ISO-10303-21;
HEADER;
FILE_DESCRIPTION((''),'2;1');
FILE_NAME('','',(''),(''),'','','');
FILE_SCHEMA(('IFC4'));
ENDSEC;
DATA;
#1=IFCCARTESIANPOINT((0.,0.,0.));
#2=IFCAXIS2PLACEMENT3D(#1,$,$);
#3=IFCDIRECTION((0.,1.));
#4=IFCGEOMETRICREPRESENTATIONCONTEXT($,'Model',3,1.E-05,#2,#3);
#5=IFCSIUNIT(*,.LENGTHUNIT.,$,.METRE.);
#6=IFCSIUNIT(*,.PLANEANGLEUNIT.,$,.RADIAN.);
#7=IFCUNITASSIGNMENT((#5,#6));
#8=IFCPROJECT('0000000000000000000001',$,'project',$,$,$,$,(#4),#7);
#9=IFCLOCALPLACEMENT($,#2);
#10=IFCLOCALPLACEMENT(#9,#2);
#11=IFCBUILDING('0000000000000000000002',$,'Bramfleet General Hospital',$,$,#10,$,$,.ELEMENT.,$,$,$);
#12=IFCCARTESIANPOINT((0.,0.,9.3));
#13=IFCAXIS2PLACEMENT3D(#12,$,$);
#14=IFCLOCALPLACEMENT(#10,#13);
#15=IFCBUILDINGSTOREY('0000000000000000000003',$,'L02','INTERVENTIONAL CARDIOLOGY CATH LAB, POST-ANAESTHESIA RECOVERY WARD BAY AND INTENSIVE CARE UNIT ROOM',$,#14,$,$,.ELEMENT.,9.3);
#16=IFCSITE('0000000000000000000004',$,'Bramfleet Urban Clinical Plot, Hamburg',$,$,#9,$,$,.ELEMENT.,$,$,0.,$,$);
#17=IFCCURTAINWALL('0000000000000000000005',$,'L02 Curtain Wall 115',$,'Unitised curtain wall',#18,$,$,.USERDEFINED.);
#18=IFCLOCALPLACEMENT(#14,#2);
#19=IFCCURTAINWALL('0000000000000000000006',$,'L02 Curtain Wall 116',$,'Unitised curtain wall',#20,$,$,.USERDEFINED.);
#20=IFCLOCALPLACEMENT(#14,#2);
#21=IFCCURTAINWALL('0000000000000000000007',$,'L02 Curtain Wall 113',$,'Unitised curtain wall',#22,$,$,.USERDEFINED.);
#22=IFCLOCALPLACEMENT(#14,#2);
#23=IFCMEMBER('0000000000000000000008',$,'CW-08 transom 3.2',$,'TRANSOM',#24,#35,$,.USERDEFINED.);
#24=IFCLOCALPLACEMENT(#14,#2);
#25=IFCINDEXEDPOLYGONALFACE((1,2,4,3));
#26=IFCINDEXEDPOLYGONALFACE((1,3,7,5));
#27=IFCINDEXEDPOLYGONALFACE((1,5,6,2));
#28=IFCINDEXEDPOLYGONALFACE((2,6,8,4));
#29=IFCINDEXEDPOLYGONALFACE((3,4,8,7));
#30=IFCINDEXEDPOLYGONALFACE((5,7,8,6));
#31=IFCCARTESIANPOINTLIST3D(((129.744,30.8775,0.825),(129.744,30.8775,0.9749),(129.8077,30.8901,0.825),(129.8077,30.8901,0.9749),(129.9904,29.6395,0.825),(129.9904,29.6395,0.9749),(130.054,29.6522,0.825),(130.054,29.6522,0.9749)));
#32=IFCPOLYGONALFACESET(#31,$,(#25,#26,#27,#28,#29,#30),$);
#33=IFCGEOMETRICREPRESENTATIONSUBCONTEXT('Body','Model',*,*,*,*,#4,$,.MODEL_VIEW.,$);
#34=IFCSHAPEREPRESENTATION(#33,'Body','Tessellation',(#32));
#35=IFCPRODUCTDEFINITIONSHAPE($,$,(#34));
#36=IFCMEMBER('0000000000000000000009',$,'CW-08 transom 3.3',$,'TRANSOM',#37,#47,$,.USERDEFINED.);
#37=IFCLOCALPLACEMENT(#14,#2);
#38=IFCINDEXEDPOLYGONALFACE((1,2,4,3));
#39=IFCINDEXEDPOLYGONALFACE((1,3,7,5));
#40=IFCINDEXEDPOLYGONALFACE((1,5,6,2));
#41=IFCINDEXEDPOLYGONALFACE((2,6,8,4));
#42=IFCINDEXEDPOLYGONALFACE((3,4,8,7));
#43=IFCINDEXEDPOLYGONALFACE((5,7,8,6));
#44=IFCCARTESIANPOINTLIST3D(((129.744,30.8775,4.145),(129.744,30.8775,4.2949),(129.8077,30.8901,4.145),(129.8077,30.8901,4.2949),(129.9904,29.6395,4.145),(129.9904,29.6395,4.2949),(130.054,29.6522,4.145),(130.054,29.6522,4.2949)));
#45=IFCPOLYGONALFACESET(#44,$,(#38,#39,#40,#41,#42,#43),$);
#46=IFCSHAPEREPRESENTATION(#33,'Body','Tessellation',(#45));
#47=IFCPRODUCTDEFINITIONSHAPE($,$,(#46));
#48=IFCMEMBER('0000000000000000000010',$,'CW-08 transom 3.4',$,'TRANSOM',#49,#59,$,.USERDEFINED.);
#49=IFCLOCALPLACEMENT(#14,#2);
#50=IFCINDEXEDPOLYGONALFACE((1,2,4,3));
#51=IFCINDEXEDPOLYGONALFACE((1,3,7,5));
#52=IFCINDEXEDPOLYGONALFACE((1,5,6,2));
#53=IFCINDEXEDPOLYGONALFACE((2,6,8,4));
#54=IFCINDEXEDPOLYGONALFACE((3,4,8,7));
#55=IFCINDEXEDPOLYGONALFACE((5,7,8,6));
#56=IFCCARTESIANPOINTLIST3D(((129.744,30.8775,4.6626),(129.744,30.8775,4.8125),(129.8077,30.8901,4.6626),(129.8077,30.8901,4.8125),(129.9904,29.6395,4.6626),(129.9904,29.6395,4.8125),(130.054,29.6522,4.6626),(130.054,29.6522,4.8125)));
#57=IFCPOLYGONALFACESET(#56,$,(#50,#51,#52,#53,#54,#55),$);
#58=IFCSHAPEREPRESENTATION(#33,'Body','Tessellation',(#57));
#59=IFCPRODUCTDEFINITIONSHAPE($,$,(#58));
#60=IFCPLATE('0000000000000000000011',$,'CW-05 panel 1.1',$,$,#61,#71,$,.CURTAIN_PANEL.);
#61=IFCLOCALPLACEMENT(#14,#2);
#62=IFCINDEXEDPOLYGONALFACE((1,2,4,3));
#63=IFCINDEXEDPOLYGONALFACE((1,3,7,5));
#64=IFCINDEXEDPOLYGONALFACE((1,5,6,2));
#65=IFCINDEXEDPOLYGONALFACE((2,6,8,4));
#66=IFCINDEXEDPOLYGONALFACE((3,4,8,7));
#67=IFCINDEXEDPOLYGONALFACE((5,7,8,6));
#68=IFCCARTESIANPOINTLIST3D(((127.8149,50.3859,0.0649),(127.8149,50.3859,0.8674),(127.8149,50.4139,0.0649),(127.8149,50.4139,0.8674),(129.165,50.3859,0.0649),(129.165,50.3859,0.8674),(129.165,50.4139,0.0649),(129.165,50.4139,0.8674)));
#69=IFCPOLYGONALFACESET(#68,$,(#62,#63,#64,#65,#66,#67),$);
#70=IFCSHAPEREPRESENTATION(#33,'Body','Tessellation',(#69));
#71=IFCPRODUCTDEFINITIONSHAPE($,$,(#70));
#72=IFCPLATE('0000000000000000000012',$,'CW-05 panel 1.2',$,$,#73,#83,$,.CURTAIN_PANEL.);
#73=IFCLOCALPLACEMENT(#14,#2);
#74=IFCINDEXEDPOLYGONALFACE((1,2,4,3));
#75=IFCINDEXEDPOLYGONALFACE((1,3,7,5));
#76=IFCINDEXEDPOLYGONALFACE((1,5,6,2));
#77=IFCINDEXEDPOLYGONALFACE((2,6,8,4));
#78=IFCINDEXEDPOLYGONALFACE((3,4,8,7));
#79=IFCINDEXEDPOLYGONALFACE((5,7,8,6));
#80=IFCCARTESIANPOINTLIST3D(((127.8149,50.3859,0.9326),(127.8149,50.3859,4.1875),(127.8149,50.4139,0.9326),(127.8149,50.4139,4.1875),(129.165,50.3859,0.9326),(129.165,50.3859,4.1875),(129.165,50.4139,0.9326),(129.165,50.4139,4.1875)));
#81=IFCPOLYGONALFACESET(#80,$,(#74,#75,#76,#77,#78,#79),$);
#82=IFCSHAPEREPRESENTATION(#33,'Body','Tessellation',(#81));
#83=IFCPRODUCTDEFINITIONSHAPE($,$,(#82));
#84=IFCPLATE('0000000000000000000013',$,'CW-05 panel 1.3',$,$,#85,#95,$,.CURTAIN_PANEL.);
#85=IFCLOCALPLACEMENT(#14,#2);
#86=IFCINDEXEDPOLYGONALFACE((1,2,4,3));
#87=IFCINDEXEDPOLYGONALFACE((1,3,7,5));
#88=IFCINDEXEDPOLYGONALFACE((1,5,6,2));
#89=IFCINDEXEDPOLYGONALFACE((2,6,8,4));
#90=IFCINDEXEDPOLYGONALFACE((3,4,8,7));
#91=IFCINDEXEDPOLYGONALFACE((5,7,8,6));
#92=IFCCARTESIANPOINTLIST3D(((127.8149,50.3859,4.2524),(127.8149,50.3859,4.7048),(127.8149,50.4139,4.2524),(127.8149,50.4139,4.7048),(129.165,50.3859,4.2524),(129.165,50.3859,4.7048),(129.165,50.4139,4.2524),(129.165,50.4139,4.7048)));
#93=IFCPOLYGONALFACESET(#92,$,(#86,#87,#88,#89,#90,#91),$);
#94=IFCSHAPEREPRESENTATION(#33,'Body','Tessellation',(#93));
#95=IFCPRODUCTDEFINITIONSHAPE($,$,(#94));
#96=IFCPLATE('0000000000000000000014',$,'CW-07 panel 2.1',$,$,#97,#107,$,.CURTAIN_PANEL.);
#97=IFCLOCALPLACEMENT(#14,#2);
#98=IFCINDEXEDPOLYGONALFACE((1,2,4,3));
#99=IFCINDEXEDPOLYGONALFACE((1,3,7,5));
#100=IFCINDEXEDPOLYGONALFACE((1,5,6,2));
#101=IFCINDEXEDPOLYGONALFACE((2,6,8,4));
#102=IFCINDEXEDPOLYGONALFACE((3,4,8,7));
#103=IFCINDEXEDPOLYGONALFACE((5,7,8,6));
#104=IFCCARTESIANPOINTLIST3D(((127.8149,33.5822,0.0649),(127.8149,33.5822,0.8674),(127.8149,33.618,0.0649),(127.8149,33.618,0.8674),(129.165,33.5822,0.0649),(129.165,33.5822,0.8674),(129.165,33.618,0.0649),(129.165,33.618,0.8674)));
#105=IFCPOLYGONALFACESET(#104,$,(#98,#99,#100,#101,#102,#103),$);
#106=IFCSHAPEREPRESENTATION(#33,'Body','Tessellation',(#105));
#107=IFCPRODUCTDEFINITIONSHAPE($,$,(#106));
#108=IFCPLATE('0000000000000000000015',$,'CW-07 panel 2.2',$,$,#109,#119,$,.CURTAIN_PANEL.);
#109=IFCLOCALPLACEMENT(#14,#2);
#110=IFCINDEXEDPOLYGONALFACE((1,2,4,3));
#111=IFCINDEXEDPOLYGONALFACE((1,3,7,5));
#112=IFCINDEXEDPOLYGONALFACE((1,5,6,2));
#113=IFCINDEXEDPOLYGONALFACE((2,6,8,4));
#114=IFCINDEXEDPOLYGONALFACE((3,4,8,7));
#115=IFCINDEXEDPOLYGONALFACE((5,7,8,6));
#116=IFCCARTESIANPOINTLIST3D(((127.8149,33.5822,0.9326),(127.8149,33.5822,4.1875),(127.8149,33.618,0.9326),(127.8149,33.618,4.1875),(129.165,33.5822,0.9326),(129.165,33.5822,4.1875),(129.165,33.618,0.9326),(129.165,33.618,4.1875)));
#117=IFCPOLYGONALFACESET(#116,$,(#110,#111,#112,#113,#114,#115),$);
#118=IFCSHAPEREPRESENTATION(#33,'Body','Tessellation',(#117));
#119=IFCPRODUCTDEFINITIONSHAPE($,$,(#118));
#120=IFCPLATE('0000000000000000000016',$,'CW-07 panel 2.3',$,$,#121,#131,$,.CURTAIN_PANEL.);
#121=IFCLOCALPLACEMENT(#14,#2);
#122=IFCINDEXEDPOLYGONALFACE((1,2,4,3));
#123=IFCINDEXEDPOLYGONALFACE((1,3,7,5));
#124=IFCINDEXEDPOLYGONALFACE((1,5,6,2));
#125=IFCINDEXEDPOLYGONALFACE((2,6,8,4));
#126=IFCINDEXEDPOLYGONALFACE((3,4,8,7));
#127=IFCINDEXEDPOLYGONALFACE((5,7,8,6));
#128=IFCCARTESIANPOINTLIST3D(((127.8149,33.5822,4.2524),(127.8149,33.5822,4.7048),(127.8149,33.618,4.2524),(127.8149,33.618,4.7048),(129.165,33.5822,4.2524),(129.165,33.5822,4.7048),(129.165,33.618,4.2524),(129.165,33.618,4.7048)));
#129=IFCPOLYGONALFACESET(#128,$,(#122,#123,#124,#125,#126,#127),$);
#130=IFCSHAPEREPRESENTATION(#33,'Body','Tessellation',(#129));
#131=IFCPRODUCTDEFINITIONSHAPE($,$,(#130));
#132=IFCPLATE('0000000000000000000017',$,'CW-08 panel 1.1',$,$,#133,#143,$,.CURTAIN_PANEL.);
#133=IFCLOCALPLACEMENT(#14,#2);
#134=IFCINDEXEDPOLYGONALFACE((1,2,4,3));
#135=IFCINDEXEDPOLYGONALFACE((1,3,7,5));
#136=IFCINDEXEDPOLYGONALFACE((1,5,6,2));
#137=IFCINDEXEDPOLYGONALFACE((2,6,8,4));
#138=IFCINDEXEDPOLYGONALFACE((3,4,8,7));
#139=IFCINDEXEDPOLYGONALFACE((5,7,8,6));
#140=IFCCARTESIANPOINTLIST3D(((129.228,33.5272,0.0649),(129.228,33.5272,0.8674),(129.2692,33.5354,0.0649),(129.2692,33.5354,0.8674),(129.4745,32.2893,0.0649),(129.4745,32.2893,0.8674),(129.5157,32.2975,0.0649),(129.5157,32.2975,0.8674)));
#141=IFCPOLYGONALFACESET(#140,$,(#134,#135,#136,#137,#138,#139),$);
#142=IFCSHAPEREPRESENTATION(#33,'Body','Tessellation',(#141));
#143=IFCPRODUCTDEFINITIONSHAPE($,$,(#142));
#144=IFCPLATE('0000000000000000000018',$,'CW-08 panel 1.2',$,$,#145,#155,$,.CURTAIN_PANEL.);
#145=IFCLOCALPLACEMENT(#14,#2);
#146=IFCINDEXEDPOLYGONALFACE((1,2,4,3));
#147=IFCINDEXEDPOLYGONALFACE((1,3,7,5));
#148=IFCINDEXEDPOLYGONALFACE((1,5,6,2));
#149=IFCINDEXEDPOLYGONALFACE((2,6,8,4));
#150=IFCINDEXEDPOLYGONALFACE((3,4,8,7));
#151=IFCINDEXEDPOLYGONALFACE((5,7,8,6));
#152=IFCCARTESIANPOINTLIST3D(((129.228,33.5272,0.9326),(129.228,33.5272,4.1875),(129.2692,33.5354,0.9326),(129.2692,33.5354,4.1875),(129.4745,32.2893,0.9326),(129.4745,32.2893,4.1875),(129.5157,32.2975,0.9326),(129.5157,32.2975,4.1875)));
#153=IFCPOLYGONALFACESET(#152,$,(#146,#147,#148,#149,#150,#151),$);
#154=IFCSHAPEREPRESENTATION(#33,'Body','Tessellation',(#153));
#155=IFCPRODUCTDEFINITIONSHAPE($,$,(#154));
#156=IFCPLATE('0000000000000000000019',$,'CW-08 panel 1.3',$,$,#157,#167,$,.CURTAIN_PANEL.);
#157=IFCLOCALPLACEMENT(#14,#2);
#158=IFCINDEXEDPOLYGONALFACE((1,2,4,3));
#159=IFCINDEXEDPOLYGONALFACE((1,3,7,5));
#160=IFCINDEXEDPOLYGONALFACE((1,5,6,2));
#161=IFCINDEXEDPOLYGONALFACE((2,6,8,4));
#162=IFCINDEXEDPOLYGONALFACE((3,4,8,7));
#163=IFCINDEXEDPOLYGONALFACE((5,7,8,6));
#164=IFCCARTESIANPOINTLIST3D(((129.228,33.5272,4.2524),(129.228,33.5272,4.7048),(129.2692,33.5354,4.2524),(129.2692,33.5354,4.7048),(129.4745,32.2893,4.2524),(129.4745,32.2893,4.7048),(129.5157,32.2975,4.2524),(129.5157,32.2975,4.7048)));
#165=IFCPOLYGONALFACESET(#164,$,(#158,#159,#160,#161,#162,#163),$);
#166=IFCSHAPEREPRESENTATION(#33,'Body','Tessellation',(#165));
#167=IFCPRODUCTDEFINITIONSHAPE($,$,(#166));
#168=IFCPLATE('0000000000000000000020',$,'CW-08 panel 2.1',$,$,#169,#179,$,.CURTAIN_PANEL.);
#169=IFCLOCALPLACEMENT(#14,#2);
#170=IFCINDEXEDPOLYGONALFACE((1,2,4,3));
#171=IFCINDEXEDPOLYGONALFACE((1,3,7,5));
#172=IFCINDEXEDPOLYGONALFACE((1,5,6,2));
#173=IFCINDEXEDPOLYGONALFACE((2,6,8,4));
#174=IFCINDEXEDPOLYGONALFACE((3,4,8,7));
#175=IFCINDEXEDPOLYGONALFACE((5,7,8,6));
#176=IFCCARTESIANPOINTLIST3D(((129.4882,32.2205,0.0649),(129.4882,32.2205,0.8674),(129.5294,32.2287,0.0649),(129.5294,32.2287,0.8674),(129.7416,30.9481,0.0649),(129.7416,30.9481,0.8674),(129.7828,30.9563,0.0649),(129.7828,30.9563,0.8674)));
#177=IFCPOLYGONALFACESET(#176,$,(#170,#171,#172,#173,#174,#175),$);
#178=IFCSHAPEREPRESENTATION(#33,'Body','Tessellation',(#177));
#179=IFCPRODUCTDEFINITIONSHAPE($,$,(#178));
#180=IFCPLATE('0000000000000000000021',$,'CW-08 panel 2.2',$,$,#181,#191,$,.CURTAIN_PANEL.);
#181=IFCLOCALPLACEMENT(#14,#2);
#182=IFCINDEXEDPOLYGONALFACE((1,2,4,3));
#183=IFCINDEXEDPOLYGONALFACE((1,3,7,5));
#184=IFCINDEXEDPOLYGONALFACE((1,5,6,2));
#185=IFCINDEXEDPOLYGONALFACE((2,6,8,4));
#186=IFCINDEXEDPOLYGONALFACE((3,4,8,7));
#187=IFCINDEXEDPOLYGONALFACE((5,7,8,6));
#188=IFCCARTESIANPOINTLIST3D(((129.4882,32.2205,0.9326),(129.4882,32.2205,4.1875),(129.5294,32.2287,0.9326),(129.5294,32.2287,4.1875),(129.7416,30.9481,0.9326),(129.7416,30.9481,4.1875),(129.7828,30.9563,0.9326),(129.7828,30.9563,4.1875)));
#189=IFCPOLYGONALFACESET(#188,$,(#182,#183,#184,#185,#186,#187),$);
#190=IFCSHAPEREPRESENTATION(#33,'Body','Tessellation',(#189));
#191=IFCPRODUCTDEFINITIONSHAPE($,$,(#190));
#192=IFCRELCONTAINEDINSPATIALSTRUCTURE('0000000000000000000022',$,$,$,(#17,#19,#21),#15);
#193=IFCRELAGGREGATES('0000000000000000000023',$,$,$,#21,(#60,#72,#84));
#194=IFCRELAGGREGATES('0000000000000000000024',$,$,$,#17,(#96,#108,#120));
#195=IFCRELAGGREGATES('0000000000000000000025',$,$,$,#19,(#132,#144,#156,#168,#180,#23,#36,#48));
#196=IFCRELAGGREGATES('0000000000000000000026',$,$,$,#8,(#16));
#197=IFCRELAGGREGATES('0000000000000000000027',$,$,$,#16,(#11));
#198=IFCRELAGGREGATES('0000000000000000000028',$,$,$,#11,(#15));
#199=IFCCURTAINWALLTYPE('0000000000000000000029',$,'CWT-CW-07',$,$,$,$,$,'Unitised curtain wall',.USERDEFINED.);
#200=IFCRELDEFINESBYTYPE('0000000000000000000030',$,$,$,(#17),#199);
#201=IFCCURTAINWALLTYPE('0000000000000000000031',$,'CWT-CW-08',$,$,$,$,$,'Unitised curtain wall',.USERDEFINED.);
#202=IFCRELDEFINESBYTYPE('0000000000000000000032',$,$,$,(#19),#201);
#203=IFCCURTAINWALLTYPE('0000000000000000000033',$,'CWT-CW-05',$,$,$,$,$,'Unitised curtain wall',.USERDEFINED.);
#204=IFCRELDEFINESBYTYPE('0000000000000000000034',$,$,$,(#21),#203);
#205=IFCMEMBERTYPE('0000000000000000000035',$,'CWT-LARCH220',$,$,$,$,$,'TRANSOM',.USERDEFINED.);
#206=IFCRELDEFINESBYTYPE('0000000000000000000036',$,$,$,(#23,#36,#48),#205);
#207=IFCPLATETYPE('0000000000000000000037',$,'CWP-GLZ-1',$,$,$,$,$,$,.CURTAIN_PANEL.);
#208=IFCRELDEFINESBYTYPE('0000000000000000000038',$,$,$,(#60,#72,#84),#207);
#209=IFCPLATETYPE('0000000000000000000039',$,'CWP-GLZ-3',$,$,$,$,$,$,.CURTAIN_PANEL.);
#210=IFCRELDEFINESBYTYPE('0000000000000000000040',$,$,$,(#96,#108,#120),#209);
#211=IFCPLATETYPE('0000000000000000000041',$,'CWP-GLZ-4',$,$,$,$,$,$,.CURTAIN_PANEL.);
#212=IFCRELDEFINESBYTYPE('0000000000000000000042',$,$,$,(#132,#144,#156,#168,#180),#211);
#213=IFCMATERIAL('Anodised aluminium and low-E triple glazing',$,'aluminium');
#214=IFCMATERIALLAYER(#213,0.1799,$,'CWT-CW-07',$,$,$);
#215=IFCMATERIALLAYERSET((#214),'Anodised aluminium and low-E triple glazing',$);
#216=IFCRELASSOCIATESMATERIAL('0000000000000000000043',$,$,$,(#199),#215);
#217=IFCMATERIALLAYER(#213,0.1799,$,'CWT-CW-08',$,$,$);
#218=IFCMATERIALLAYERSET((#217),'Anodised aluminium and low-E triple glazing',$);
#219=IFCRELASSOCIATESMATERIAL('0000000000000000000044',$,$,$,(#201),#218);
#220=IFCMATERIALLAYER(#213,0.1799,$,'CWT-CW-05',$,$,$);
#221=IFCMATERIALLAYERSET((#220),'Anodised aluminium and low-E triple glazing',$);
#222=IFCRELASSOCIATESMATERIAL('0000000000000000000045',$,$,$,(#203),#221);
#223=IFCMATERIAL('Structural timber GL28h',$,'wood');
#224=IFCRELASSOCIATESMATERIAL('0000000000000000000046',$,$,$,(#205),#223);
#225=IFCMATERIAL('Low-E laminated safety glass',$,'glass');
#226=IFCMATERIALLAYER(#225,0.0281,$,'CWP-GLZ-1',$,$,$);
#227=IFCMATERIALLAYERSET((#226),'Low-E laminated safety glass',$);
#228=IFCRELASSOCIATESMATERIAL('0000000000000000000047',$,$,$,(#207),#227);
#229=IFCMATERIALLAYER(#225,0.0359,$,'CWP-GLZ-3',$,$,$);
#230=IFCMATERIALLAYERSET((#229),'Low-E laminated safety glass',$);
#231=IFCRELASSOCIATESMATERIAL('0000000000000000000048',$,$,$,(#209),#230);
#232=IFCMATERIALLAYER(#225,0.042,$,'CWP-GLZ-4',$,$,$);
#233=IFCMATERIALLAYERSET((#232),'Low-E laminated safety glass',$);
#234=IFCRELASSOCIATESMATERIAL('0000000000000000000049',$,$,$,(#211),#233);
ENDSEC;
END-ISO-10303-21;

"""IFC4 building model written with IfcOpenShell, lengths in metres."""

from ifc_helpers import new_model, si_unit, direction, frame, origin, origin_2d, place, context, subcontext, project, spatial, rectangle, extrude, material, layer, layer_set, material_profile, profile_set, type_object, element, aggregate, save


model = new_model("IFC4")

# Units and contexts
model_context = context("Model", 3, precision=1e-05, world=origin(), true_north=direction((0.0, 1.0)))
body_context = subcontext(model_context, "Body", "Model", "MODEL_VIEW")
ifc_project = project(units=[si_unit("LENGTHUNIT", "METRE"), si_unit("PLANEANGLEUNIT", "RADIAN")], contexts=[model_context])

# Site, building, storey
site_placement = place(None, origin())
site = spatial("IfcSite", under=ifc_project, at=site_placement, Name="Bramfleet Urban Clinical Plot, Hamburg", CompositionType="ELEMENT", RefElevation=0.0)
building_placement = place(site_placement, origin())
building = spatial("IfcBuilding", under=site, at=building_placement, Name="Bramfleet General Hospital", CompositionType="ELEMENT")
storey_placement = place(building_placement, frame((0.0, 0.0, 9.3)))
storey = spatial("IfcBuildingStorey", under=building, at=storey_placement, Name="L02", Description="INTERVENTIONAL CARDIOLOGY CATH LAB, POST-ANAESTHESIA RECOVERY WARD BAY AND INTENSIVE CARE UNIT ROOM", CompositionType="ELEMENT", Elevation=9.3)

# Curtain wall
ifc_material_1 = material(Name="Anodised aluminium and low-E triple glazing", Category="aluminium")
ifc_layer_1 = layer(ifc_material_1, 0.1799, Name="CWT-CW-07")
ifc_layer_set_1 = layer_set([ifc_layer_1], Name="Anodised aluminium and low-E triple glazing")
curtain_wall_type_1 = type_object("IfcCurtainWallType", Name="CWT-CW-07", ElementType="Unitised curtain wall", PredefinedType="USERDEFINED", material=ifc_layer_set_1)
curtain_wall_1_placement = place(storey_placement, origin())
curtain_wall_1 = element("IfcCurtainWall", 1, at=curtain_wall_1_placement, inside=storey, type_object=curtain_wall_type_1, Name="L02 Curtain Wall 115", ObjectType="Unitised curtain wall", PredefinedType="USERDEFINED")
ifc_material_2 = material(Name="Structural timber GL28h", Category="wood")

# Curtain wall
ifc_layer_2 = layer(ifc_material_1, 0.1799, Name="CWT-CW-08")
ifc_layer_set_2 = layer_set([ifc_layer_2], Name="Anodised aluminium and low-E triple glazing")
curtain_wall_type_2 = type_object("IfcCurtainWallType", Name="CWT-CW-08", ElementType="Unitised curtain wall", PredefinedType="USERDEFINED", material=ifc_layer_set_2)
curtain_wall_2_placement = place(storey_placement, origin())
curtain_wall_2 = element("IfcCurtainWall", 2, at=curtain_wall_2_placement, inside=storey, type_object=curtain_wall_type_2, Name="L02 Curtain Wall 116", ObjectType="Unitised curtain wall", PredefinedType="USERDEFINED")

# Curtain wall
ifc_layer_3 = layer(ifc_material_1, 0.1799, Name="CWT-CW-05")
ifc_layer_set_3 = layer_set([ifc_layer_3], Name="Anodised aluminium and low-E triple glazing")
curtain_wall_type_3 = type_object("IfcCurtainWallType", Name="CWT-CW-05", ElementType="Unitised curtain wall", PredefinedType="USERDEFINED", material=ifc_layer_set_3)
curtain_wall_3_placement = place(storey_placement, origin())
curtain_wall_3 = element("IfcCurtainWall", 3, at=curtain_wall_3_placement, inside=storey, type_object=curtain_wall_type_3, Name="L02 Curtain Wall 113", ObjectType="Unitised curtain wall", PredefinedType="USERDEFINED")
ifc_material_profile_1 = material_profile(ifc_material_2, rectangle(XDim=0.0649, YDim=0.1499, at=origin_2d()), Name="LARCH 150x65")
ifc_profile_set_1 = profile_set([ifc_material_profile_1], Name="Structural timber GL28h")
member_type_1 = type_object("IfcMemberType", Name="CWT-LARCH220", ElementType="TRANSOM", PredefinedType="USERDEFINED", material=ifc_profile_set_1)

# Members
member_1_placement = place(storey_placement, frame((129.7759, 30.8838, 0.8999), z_axis=(0.195149, -0.980774, 0.0), x_axis=(0.980774, 0.195149, 0.0)))
member_1 = element("IfcMember", 4, at=member_1_placement, type_object=member_type_1, Name="CW-08 transom 3.2", ObjectType="TRANSOM", PredefinedType="USERDEFINED", context=body_context, shape_type="SweptSolid", body=[
    extrude(rectangle(XDim=0.0649, YDim=0.1499, at=origin_2d()), origin(), (0.0, 0.0, 1.0), 1.2622),
])
member_2_placement = place(storey_placement, frame((129.7759, 30.8838, 4.22), z_axis=(0.195149, -0.980774, 0.0), x_axis=(0.980774, 0.195149, 0.0)))
member_2 = element("IfcMember", 5, at=member_2_placement, type_object=member_type_1, Name="CW-08 transom 3.3", ObjectType="TRANSOM", PredefinedType="USERDEFINED", context=body_context, shape_type="SweptSolid", body=[
    extrude(rectangle(XDim=0.0649, YDim=0.1499, at=origin_2d()), origin(), (0.0, 0.0, 1.0), 1.2622),
])
member_3_placement = place(storey_placement, frame((129.7759, 30.8838, 4.7375), z_axis=(0.195149, -0.980774, 0.0), x_axis=(0.980774, 0.195149, 0.0)))
member_3 = element("IfcMember", 6, at=member_3_placement, type_object=member_type_1, Name="CW-08 transom 3.4", ObjectType="TRANSOM", PredefinedType="USERDEFINED", context=body_context, shape_type="SweptSolid", body=[
    extrude(rectangle(XDim=0.0649, YDim=0.1499, at=origin_2d()), origin(), (0.0, 0.0, 1.0), 1.2622),
])

# Plates
ifc_material_3 = material(Name="Low-E laminated safety glass", Category="glass")
ifc_layer_4 = layer(ifc_material_3, 0.0281, Name="CWP-GLZ-1")
ifc_layer_set_4 = layer_set([ifc_layer_4], Name="Low-E laminated safety glass")
plate_type_1 = type_object("IfcPlateType", Name="CWP-GLZ-1", PredefinedType="CURTAIN_PANEL", material=ifc_layer_set_4)
plate_1_placement = place(storey_placement, frame((128.49, 50.3999, 0.0649), z_axis=(0.0, 0.0, 1.0), x_axis=(-1.0, 0.0, 0.0)))
plate_1 = element("IfcPlate", 7, at=plate_1_placement, type_object=plate_type_1, Name="CW-05 panel 1.1", PredefinedType="CURTAIN_PANEL", context=body_context, shape_type="SweptSolid", body=[
    extrude(rectangle(XDim=1.3501, YDim=0.0281, at=origin_2d()), origin(), (0.0, 0.0, 1.0), 0.8025),
])
plate_2_placement = place(storey_placement, frame((128.49, 50.3999, 0.9326), z_axis=(0.0, 0.0, 1.0), x_axis=(-1.0, 0.0, 0.0)))
plate_2 = element("IfcPlate", 8, at=plate_2_placement, type_object=plate_type_1, Name="CW-05 panel 1.2", PredefinedType="CURTAIN_PANEL", context=body_context, shape_type="SweptSolid", body=[
    extrude(rectangle(XDim=1.3501, YDim=0.0281, at=origin_2d()), origin(), (0.0, 0.0, 1.0), 3.2549),
])
plate_3_placement = place(storey_placement, frame((128.49, 50.3999, 4.2524), z_axis=(0.0, 0.0, 1.0), x_axis=(-1.0, 0.0, 0.0)))
plate_3 = element("IfcPlate", 9, at=plate_3_placement, type_object=plate_type_1, Name="CW-05 panel 1.3", PredefinedType="CURTAIN_PANEL", context=body_context, shape_type="SweptSolid", body=[
    extrude(rectangle(XDim=1.3501, YDim=0.0281, at=origin_2d()), origin(), (0.0, 0.0, 1.0), 0.4524),
])
aggregate(curtain_wall_3, [plate_1, plate_2, plate_3])
ifc_layer_5 = layer(ifc_material_3, 0.0359, Name="CWP-GLZ-3")
ifc_layer_set_5 = layer_set([ifc_layer_5], Name="Low-E laminated safety glass")
plate_type_2 = type_object("IfcPlateType", Name="CWP-GLZ-3", PredefinedType="CURTAIN_PANEL", material=ifc_layer_set_5)
plate_4_placement = place(storey_placement, frame((128.49, 33.6001, 0.0649), z_axis=(0.0, 0.0, 1.0), x_axis=(1.0, 0.0, 0.0)))
plate_4 = element("IfcPlate", 10, at=plate_4_placement, type_object=plate_type_2, Name="CW-07 panel 2.1", PredefinedType="CURTAIN_PANEL", context=body_context, shape_type="SweptSolid", body=[
    extrude(rectangle(XDim=1.3501, YDim=0.0359, at=origin_2d()), origin(), (0.0, 0.0, 1.0), 0.8025),
])
plate_5_placement = place(storey_placement, frame((128.49, 33.6001, 0.9326), z_axis=(0.0, 0.0, 1.0), x_axis=(1.0, 0.0, 0.0)))
plate_5 = element("IfcPlate", 11, at=plate_5_placement, type_object=plate_type_2, Name="CW-07 panel 2.2", PredefinedType="CURTAIN_PANEL", context=body_context, shape_type="SweptSolid", body=[
    extrude(rectangle(XDim=1.3501, YDim=0.0359, at=origin_2d()), origin(), (0.0, 0.0, 1.0), 3.2549),
])
plate_6_placement = place(storey_placement, frame((128.49, 33.6001, 4.2524), z_axis=(0.0, 0.0, 1.0), x_axis=(1.0, 0.0, 0.0)))
plate_6 = element("IfcPlate", 12, at=plate_6_placement, type_object=plate_type_2, Name="CW-07 panel 2.3", PredefinedType="CURTAIN_PANEL", context=body_context, shape_type="SweptSolid", body=[
    extrude(rectangle(XDim=1.3501, YDim=0.0359, at=origin_2d()), origin(), (0.0, 0.0, 1.0), 0.4524),
])
aggregate(curtain_wall_1, [plate_4, plate_5, plate_6])
ifc_layer_6 = layer(ifc_material_3, 0.042, Name="CWP-GLZ-4")
ifc_layer_set_6 = layer_set([ifc_layer_6], Name="Low-E laminated safety glass")
plate_type_3 = type_object("IfcPlateType", Name="CWP-GLZ-4", PredefinedType="CURTAIN_PANEL", material=ifc_layer_set_6)
plate_7_placement = place(storey_placement, frame((129.3718, 32.9124, 0.0649), z_axis=(0.0, 0.0, 1.0), x_axis=(0.195272, -0.980749, 0.0)))
plate_7 = element("IfcPlate", 13, at=plate_7_placement, type_object=plate_type_3, Name="CW-08 panel 1.1", PredefinedType="CURTAIN_PANEL", context=body_context, shape_type="SweptSolid", body=[
    extrude(rectangle(XDim=1.2622, YDim=0.042, at=origin_2d()), origin(), (0.0, 0.0, 1.0), 0.8025),
])
plate_8_placement = place(storey_placement, frame((129.3718, 32.9124, 0.9326), z_axis=(0.0, 0.0, 1.0), x_axis=(0.195272, -0.980749, 0.0)))
plate_8 = element("IfcPlate", 14, at=plate_8_placement, type_object=plate_type_3, Name="CW-08 panel 1.2", PredefinedType="CURTAIN_PANEL", context=body_context, shape_type="SweptSolid", body=[
    extrude(rectangle(XDim=1.2622, YDim=0.042, at=origin_2d()), origin(), (0.0, 0.0, 1.0), 3.2549),
])
plate_9_placement = place(storey_placement, frame((129.3718, 32.9124, 4.2524), z_axis=(0.0, 0.0, 1.0), x_axis=(0.195272, -0.980749, 0.0)))
plate_9 = element("IfcPlate", 15, at=plate_9_placement, type_object=plate_type_3, Name="CW-08 panel 1.3", PredefinedType="CURTAIN_PANEL", context=body_context, shape_type="SweptSolid", body=[
    extrude(rectangle(XDim=1.2622, YDim=0.042, at=origin_2d()), origin(), (0.0, 0.0, 1.0), 0.4524),
])
plate_10_placement = place(storey_placement, frame((129.6355, 31.5884, 0.0649), z_axis=(0.0, 0.0, 1.0), x_axis=(0.195272, -0.980749, 0.0)))
plate_10 = element("IfcPlate", 16, at=plate_10_placement, type_object=plate_type_3, Name="CW-08 panel 2.1", PredefinedType="CURTAIN_PANEL", context=body_context, shape_type="SweptSolid", body=[
    extrude(rectangle(XDim=1.2974, YDim=0.042, at=origin_2d()), origin(), (0.0, 0.0, 1.0), 0.8025),
])
plate_11_placement = place(storey_placement, frame((129.6355, 31.5884, 0.9326), z_axis=(0.0, 0.0, 1.0), x_axis=(0.195272, -0.980749, 0.0)))
plate_11 = element("IfcPlate", 17, at=plate_11_placement, type_object=plate_type_3, Name="CW-08 panel 2.2", PredefinedType="CURTAIN_PANEL", context=body_context, shape_type="SweptSolid", body=[
    extrude(rectangle(XDim=1.2974, YDim=0.042, at=origin_2d()), origin(), (0.0, 0.0, 1.0), 3.2549),
])
aggregate(curtain_wall_2, [plate_7, plate_8, plate_9, plate_10, plate_11, member_1, member_2, member_3])

save(model, "model.ifc")
